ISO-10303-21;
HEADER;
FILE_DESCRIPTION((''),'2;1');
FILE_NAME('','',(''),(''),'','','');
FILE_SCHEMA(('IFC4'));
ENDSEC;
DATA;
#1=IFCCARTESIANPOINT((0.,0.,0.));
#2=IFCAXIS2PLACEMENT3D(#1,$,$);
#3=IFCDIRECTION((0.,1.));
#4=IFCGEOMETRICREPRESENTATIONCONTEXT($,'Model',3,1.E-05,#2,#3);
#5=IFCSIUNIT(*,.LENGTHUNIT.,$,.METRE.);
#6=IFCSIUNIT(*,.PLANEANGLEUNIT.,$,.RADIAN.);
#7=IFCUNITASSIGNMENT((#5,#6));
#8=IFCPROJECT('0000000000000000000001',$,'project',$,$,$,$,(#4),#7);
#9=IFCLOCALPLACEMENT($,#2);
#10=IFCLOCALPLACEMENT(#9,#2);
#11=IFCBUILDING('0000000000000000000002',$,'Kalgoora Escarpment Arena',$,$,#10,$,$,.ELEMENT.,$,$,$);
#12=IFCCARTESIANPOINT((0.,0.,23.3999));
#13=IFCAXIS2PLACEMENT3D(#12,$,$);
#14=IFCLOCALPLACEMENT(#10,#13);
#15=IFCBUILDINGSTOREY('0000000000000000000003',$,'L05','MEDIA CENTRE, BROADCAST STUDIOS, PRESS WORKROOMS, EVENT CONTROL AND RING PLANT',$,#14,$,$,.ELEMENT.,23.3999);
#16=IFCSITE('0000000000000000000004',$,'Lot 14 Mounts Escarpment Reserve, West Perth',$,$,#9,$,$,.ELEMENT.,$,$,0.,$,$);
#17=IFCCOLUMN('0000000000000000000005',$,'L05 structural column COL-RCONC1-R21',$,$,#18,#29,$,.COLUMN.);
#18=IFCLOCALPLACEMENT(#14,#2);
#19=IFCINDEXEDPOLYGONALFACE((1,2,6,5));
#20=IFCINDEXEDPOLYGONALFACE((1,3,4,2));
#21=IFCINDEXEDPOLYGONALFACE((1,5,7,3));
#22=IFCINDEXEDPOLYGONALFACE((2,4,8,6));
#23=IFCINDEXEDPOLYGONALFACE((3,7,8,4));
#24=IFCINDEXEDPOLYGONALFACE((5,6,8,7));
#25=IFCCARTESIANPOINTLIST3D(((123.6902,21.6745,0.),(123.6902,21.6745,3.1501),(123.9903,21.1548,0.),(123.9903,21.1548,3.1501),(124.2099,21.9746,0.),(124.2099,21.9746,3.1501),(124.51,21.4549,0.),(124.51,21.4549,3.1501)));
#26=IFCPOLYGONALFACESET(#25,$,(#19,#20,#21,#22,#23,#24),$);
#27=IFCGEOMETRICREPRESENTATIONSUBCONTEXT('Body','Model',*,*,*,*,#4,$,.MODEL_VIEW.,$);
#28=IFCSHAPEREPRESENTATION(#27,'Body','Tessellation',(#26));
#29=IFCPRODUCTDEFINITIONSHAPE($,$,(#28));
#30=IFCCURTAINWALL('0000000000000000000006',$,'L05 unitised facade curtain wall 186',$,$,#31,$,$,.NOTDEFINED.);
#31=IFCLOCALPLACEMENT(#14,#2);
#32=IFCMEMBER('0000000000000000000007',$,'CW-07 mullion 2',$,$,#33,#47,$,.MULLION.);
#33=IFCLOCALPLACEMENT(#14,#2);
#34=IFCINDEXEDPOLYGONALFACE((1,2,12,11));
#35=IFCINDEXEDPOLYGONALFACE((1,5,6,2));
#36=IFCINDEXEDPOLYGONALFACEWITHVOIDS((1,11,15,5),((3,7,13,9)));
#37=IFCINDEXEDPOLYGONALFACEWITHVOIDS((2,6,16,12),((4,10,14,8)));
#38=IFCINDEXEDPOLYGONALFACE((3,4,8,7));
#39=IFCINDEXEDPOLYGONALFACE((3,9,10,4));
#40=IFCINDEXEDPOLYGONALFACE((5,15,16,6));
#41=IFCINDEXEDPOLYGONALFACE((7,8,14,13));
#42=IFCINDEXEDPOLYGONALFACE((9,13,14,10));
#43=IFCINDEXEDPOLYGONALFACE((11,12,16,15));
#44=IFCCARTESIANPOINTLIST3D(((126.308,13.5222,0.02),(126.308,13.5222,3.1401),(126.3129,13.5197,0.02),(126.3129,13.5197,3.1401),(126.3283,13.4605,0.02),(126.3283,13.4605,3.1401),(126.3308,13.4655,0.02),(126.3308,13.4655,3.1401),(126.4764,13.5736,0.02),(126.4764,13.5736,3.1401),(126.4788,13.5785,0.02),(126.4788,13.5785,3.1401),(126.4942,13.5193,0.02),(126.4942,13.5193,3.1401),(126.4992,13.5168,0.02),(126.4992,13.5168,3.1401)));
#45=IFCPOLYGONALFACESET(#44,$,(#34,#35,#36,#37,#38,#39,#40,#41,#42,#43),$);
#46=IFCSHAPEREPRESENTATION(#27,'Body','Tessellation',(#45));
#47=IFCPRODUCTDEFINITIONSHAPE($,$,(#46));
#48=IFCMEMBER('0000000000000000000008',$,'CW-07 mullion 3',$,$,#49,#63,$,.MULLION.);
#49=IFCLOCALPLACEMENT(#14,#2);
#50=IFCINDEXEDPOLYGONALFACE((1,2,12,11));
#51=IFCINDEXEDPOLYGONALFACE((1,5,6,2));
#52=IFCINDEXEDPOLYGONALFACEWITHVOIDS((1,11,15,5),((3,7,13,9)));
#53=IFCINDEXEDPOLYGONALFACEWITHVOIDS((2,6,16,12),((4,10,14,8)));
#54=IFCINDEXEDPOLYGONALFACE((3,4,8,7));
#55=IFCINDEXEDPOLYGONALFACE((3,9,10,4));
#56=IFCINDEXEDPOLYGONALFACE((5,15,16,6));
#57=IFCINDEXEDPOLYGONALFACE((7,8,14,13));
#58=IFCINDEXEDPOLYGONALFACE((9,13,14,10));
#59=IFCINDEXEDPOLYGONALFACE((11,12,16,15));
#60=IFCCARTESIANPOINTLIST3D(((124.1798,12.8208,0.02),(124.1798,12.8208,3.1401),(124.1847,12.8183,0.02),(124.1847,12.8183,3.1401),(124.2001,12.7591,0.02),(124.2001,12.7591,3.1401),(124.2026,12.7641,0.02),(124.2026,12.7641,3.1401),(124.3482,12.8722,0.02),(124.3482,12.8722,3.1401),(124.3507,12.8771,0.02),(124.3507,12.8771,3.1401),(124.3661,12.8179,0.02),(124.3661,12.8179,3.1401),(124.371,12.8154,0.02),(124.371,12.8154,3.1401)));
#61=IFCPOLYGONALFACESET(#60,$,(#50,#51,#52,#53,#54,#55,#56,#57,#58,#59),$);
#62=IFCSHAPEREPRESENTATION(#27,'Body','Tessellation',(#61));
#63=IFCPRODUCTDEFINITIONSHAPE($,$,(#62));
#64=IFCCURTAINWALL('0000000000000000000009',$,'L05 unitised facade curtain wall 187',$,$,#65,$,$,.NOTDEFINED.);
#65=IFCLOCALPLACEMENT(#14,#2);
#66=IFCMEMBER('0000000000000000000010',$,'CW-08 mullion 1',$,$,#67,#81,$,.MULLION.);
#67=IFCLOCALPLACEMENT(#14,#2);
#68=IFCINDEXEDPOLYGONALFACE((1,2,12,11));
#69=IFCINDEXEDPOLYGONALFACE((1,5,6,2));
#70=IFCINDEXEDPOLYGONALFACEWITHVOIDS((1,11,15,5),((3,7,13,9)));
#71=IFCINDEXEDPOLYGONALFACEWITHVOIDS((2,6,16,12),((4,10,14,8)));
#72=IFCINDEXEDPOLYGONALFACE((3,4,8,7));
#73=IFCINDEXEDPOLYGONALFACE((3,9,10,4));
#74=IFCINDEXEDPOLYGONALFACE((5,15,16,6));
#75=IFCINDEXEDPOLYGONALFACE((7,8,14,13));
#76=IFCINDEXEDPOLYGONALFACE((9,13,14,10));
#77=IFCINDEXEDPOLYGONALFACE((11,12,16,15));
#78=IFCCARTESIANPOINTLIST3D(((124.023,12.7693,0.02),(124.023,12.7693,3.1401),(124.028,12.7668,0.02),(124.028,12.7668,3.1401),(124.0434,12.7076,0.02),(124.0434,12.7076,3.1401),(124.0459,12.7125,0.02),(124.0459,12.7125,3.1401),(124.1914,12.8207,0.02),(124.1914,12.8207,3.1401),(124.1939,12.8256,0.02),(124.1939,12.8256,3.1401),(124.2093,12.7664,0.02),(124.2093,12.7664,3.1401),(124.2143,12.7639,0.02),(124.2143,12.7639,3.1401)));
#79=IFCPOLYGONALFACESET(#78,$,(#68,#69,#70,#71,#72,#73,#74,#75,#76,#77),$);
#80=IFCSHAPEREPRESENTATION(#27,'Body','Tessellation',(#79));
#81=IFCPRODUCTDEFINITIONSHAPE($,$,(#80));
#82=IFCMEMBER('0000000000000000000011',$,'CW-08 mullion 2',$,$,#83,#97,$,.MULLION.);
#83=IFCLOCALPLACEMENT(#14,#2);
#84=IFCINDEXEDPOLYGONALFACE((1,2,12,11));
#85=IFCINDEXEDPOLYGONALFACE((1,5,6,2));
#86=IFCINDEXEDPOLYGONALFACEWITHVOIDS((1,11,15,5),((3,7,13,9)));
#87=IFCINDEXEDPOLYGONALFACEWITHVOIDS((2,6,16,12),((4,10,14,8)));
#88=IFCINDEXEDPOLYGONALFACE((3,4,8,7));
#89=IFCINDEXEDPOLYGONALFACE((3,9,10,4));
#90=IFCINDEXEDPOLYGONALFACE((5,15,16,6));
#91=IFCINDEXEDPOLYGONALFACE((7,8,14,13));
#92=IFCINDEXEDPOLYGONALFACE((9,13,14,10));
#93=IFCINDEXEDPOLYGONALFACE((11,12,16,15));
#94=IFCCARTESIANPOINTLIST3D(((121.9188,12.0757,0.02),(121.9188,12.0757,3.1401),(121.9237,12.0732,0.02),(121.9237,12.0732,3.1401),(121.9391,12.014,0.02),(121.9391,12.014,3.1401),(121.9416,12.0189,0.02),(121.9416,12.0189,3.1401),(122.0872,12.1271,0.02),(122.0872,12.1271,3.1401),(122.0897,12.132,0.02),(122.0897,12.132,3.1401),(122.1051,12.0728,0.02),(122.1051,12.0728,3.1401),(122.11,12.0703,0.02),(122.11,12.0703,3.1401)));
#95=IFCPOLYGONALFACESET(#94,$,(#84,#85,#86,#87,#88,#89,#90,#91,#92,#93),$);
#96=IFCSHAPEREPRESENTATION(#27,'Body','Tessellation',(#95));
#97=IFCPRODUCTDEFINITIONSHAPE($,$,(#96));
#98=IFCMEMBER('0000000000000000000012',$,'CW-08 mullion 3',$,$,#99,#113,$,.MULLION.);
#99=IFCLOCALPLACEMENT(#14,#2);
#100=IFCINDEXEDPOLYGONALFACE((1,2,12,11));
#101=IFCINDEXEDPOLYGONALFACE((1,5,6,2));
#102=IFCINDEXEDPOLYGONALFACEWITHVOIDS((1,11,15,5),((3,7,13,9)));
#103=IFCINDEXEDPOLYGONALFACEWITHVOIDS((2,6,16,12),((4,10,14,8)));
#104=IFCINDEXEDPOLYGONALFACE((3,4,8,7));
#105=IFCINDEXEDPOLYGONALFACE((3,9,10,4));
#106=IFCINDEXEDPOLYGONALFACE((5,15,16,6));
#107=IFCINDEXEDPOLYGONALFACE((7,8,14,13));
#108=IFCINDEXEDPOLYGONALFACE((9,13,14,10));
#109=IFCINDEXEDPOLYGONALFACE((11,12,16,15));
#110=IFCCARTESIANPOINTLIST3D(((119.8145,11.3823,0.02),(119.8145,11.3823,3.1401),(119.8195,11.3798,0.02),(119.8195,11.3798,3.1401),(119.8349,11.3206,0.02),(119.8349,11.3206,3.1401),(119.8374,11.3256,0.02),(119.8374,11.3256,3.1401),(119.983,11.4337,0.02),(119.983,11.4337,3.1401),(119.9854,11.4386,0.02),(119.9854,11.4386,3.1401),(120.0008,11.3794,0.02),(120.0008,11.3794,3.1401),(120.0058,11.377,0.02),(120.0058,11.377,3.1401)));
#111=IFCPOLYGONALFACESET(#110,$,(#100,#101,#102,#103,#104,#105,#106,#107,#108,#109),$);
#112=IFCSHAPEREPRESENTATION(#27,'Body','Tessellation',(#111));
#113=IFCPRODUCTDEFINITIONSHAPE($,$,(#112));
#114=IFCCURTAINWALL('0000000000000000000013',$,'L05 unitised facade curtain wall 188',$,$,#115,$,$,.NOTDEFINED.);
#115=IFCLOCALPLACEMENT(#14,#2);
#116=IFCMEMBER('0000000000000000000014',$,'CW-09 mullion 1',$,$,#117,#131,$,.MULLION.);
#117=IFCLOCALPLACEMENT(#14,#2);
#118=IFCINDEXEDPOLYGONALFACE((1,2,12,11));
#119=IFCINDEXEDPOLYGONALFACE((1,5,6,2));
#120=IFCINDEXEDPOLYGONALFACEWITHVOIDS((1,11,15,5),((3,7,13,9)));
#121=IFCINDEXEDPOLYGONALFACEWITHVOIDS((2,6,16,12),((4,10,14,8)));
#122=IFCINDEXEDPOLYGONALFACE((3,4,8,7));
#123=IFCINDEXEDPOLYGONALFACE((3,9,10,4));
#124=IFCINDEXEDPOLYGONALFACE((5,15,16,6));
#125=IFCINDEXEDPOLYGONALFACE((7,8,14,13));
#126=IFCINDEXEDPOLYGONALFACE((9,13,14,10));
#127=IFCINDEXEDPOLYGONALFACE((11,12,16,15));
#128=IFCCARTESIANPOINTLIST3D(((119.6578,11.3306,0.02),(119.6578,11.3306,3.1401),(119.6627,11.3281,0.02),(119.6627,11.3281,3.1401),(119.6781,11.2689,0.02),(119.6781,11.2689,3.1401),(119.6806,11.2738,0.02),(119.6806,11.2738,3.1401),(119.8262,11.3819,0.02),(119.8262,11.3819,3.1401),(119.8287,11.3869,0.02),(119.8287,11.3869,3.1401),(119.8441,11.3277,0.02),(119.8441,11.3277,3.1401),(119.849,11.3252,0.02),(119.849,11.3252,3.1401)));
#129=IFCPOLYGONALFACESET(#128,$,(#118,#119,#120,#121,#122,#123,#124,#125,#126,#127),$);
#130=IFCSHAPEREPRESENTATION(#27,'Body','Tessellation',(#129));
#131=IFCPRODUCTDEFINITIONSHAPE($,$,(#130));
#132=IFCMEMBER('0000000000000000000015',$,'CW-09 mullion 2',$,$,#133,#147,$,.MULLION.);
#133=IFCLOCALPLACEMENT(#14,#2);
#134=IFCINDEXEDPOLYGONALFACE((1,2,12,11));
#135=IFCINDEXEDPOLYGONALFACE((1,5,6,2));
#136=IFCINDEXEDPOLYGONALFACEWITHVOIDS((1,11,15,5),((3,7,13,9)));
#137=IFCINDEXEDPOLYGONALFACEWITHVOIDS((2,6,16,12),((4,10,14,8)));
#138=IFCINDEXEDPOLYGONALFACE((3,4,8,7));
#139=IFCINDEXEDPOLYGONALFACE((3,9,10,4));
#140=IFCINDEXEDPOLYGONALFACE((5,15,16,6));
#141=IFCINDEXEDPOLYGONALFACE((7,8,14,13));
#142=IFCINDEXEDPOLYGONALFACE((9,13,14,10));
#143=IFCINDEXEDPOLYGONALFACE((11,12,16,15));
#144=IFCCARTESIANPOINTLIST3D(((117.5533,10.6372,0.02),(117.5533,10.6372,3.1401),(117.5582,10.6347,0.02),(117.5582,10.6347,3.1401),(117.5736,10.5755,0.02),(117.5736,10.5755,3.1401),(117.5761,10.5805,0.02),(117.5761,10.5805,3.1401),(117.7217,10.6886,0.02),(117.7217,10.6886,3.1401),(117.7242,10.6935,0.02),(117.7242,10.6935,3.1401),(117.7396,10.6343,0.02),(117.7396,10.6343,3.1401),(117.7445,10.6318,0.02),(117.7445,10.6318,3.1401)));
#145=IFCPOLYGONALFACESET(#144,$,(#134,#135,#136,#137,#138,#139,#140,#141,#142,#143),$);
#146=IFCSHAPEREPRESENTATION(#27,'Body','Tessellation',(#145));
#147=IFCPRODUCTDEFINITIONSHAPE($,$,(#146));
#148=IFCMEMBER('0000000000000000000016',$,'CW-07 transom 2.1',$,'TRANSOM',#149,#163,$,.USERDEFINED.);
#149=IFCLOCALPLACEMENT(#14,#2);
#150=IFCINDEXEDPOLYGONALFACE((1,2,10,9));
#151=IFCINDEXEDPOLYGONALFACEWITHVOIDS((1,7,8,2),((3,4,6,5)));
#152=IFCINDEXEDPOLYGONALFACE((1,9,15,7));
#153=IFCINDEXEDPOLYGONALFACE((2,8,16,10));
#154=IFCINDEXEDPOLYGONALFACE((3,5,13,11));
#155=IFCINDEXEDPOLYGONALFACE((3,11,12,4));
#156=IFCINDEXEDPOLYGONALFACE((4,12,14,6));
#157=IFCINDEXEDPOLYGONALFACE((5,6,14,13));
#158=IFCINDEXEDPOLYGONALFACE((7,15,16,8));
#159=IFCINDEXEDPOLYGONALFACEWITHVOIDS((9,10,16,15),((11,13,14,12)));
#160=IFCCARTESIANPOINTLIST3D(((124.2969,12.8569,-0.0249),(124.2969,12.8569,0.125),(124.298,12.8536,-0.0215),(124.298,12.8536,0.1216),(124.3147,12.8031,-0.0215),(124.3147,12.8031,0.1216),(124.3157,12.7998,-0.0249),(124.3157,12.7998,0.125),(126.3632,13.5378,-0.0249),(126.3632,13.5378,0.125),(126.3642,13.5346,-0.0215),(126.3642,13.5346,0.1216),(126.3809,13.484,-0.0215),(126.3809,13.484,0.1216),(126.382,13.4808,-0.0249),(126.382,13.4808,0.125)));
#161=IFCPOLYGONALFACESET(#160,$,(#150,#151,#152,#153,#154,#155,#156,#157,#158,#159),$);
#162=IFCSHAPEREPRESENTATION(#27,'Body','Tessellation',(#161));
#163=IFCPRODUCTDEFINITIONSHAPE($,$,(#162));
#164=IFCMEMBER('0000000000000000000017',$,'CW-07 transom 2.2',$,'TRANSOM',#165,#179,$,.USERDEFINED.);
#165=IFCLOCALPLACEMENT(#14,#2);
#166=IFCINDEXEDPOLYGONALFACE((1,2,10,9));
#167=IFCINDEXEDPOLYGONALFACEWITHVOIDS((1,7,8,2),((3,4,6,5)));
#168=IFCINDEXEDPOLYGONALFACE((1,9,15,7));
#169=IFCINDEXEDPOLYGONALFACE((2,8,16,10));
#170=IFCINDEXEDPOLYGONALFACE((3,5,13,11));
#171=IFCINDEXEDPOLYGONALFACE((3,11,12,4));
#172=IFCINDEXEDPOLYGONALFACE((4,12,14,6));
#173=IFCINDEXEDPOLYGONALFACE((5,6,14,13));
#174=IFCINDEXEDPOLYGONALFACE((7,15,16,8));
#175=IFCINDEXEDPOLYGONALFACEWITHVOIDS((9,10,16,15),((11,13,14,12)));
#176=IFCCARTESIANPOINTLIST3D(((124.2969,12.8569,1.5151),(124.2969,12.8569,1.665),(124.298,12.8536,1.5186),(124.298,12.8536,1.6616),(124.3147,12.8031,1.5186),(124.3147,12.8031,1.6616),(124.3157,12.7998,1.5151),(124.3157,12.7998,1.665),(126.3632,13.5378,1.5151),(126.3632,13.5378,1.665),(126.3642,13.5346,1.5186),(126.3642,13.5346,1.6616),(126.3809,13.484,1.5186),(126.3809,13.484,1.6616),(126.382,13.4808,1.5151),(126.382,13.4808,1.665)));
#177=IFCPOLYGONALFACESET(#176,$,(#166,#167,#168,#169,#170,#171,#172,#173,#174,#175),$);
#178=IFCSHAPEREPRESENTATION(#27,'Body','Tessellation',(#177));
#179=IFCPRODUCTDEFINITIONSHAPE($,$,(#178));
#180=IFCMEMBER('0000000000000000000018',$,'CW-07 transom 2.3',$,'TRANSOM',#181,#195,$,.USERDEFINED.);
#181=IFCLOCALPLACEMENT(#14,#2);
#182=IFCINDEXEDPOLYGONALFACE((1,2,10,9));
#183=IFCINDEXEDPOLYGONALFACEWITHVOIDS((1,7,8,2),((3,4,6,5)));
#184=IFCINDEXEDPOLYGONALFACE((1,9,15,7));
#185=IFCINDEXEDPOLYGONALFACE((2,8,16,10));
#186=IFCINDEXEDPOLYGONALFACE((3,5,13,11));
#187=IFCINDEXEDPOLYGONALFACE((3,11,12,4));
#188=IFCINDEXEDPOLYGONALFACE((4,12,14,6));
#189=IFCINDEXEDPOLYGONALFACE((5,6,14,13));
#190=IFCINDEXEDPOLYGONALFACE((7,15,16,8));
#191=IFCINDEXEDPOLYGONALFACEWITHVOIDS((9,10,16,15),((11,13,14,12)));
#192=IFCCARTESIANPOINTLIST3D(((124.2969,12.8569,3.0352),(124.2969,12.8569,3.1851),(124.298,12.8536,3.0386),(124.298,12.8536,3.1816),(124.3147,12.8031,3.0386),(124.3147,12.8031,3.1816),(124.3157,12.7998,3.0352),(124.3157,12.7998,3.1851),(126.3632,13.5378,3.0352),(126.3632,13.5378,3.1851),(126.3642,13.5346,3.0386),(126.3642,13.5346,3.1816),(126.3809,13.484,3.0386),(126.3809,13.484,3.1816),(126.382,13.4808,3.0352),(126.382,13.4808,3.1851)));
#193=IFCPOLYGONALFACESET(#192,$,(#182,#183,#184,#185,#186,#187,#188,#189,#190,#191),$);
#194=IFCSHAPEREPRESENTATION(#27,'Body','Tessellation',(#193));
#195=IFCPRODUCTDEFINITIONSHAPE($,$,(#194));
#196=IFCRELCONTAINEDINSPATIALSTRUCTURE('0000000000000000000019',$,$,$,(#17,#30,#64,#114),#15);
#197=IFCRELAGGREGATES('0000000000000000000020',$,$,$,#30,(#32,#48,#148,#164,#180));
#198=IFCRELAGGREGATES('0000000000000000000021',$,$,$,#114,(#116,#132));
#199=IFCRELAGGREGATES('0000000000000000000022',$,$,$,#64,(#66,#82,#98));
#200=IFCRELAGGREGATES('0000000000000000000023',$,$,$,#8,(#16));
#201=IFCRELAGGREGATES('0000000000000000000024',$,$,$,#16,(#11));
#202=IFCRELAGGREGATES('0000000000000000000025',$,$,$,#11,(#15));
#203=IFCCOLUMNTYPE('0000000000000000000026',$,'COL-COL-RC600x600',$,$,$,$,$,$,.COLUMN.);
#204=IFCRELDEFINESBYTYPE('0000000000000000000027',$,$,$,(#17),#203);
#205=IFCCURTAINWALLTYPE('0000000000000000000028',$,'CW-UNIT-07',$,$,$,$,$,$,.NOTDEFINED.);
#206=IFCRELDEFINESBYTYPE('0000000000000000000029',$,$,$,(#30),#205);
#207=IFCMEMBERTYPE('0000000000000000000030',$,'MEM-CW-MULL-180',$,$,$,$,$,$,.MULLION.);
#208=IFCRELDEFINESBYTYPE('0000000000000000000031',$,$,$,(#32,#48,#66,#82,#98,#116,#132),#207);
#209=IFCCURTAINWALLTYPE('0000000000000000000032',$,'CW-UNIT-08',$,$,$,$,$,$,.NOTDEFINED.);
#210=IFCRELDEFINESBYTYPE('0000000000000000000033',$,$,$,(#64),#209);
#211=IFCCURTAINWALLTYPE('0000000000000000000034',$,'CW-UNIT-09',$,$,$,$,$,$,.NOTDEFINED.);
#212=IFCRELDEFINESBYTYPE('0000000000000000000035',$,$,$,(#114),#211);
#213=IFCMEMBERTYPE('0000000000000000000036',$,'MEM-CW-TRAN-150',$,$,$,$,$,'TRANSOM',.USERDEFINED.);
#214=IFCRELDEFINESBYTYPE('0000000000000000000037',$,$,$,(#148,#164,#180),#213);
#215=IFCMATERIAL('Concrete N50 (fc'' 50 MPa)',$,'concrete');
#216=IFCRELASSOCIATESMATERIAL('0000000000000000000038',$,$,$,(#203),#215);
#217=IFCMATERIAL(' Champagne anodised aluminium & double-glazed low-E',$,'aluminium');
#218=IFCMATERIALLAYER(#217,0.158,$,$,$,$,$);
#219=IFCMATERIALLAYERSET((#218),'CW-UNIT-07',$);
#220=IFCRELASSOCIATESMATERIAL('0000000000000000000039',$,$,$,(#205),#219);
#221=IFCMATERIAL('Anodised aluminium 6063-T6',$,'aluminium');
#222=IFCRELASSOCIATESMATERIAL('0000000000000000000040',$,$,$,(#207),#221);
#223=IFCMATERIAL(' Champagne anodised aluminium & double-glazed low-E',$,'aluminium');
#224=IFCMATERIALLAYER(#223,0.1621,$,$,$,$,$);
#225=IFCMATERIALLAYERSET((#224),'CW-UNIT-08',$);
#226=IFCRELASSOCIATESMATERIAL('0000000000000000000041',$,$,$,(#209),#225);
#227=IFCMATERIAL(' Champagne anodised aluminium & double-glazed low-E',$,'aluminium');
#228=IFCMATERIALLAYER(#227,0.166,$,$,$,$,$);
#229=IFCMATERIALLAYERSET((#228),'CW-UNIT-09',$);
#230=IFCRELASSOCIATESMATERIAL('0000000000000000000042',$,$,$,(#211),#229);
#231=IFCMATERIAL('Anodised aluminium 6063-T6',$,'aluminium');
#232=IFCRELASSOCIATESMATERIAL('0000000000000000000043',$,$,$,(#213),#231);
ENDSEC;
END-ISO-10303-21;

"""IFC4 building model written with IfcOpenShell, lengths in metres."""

from ifc_helpers import new_model, si_unit, direction, frame, origin, origin_2d, place, context, subcontext, project, spatial, rectangle, hollow_rectangle, extrude, material, layer, layer_set, material_profile, profile_set, type_object, element, aggregate, save


model = new_model("IFC4")

# Units and contexts
model_context = context("Model", 3, precision=1e-05, world=origin(), true_north=direction((0.0, 1.0)))
body_context = subcontext(model_context, "Body", "Model", "MODEL_VIEW")
ifc_project = project(units=[si_unit("LENGTHUNIT", "METRE"), si_unit("PLANEANGLEUNIT", "RADIAN")], contexts=[model_context])

# Site, building, storey
site_placement = place(None, origin())
site = spatial("IfcSite", under=ifc_project, at=site_placement, Name="Lot 14 Mounts Escarpment Reserve, West Perth", CompositionType="ELEMENT", RefElevation=0.0)
building_placement = place(site_placement, origin())
building = spatial("IfcBuilding", under=site, at=building_placement, Name="Kalgoora Escarpment Arena", CompositionType="ELEMENT")
storey_placement = place(building_placement, frame((0.0, 0.0, 23.3999)))
storey = spatial("IfcBuildingStorey", under=building, at=storey_placement, Name="L05", Description="MEDIA CENTRE, BROADCAST STUDIOS, PRESS WORKROOMS, EVENT CONTROL AND RING PLANT", CompositionType="ELEMENT", Elevation=23.3999)

# Column
ifc_material_1 = material(Name="Concrete N50 (fc' 50 MPa)", Category="concrete")
ifc_material_profile_1 = material_profile(ifc_material_1, rectangle(XDim=0.6001, YDim=0.6001, at=origin_2d()))
ifc_profile_set_1 = profile_set([ifc_material_profile_1], Name="Concrete N50 (fc' 50 MPa)")
column_type = type_object("IfcColumnType", Name="COL-COL-RC600x600", PredefinedType="COLUMN", material=ifc_profile_set_1)
column_placement = place(storey_placement, frame((124.1001, 21.5647, 0.0), z_axis=(0.0, 0.0, 1.0), x_axis=(0.5, -0.866025, 0.0)))
element("IfcColumn", 1, at=column_placement, inside=storey, type_object=column_type, Name="L05 structural column COL-RCONC1-R21", PredefinedType="COLUMN", context=body_context, shape_type="SweptSolid", body=[
    extrude(rectangle(XDim=0.6001, YDim=0.6001, at=origin_2d()), origin(), (0.0, 0.0, 1.0), 3.1501),
])

# Curtain walls, members
ifc_material_2 = material(Name=" Champagne anodised aluminium & double-glazed low-E", Category="aluminium")
ifc_layer_1 = layer(ifc_material_2, 0.158)
ifc_layer_set_1 = layer_set([ifc_layer_1], Name="CW-UNIT-07")
curtain_wall_type_1 = type_object("IfcCurtainWallType", Name="CW-UNIT-07", PredefinedType="NOTDEFINED", material=ifc_layer_set_1)
curtain_wall_1_placement = place(storey_placement, origin())
curtain_wall_1 = element("IfcCurtainWall", 2, at=curtain_wall_1_placement, inside=storey, type_object=curtain_wall_type_1, Name="L05 unitised facade curtain wall 186", PredefinedType="NOTDEFINED")
ifc_material_3 = material(Name="Anodised aluminium 6063-T6", Category="aluminium")
ifc_material_profile_2 = material_profile(ifc_material_3, hollow_rectangle(XDim=0.0649, YDim=0.1799, WallThickness=0.0039, at=origin_2d()))
ifc_profile_set_2 = profile_set([ifc_material_profile_2], Name="Anodised aluminium 6063-T6")
member_type_1 = type_object("IfcMemberType", Name="MEM-CW-MULL-180", PredefinedType="MULLION", material=ifc_profile_set_2)
member_1_placement = place(storey_placement, frame((126.4036, 13.5195, 0.02), z_axis=(0.0, 0.0, 1.0), x_axis=(0.312986, -0.949758, 0.0)))
member_1 = element("IfcMember", 3, at=member_1_placement, type_object=member_type_1, Name="CW-07 mullion 2", PredefinedType="MULLION", context=body_context, shape_type="SweptSolid", body=[
    extrude(hollow_rectangle(XDim=0.0649, YDim=0.1799, WallThickness=0.0039, at=origin_2d()), origin(), (0.0, 0.0, 1.0), 3.1201),
])
member_2_placement = place(storey_placement, frame((124.2754, 12.8181, 0.02), z_axis=(0.0, 0.0, 1.0), x_axis=(0.312986, -0.949758, 0.0)))
member_2 = element("IfcMember", 4, at=member_2_placement, type_object=member_type_1, Name="CW-07 mullion 3", PredefinedType="MULLION", context=body_context, shape_type="SweptSolid", body=[
    extrude(hollow_rectangle(XDim=0.0649, YDim=0.1799, WallThickness=0.0039, at=origin_2d()), origin(), (0.0, 0.0, 1.0), 3.1201),
])
ifc_material_4 = material(Name=" Champagne anodised aluminium & double-glazed low-E", Category="aluminium")
ifc_layer_2 = layer(ifc_material_4, 0.1621)
ifc_layer_set_2 = layer_set([ifc_layer_2], Name="CW-UNIT-08")
curtain_wall_type_2 = type_object("IfcCurtainWallType", Name="CW-UNIT-08", PredefinedType="NOTDEFINED", material=ifc_layer_set_2)
curtain_wall_2_placement = place(storey_placement, origin())
curtain_wall_2 = element("IfcCurtainWall", 5, at=curtain_wall_2_placement, inside=storey, type_object=curtain_wall_type_2, Name="L05 unitised facade curtain wall 187", PredefinedType="NOTDEFINED")
member_3_placement = place(storey_placement, frame((124.1187, 12.7666, 0.02), z_axis=(0.0, 0.0, 1.0), x_axis=(0.31299, -0.949756, 0.0)))
member_3 = element("IfcMember", 6, at=member_3_placement, type_object=member_type_1, Name="CW-08 mullion 1", PredefinedType="MULLION", context=body_context, shape_type="SweptSolid", body=[
    extrude(hollow_rectangle(XDim=0.0649, YDim=0.1799, WallThickness=0.0039, at=origin_2d()), origin(), (0.0, 0.0, 1.0), 3.1201),
])
member_4_placement = place(storey_placement, frame((122.0144, 12.073, 0.02), z_axis=(0.0, 0.0, 1.0), x_axis=(0.31299, -0.949756, 0.0)))
member_4 = element("IfcMember", 7, at=member_4_placement, type_object=member_type_1, Name="CW-08 mullion 2", PredefinedType="MULLION", context=body_context, shape_type="SweptSolid", body=[
    extrude(hollow_rectangle(XDim=0.0649, YDim=0.1799, WallThickness=0.0039, at=origin_2d()), origin(), (0.0, 0.0, 1.0), 3.1201),
])
member_5_placement = place(storey_placement, frame((119.9102, 11.3796, 0.02), z_axis=(0.0, 0.0, 1.0), x_axis=(0.31299, -0.949756, 0.0)))
member_5 = element("IfcMember", 8, at=member_5_placement, type_object=member_type_1, Name="CW-08 mullion 3", PredefinedType="MULLION", context=body_context, shape_type="SweptSolid", body=[
    extrude(hollow_rectangle(XDim=0.0649, YDim=0.1799, WallThickness=0.0039, at=origin_2d()), origin(), (0.0, 0.0, 1.0), 3.1201),
])
ifc_material_5 = material(Name=" Champagne anodised aluminium & double-glazed low-E", Category="aluminium")
ifc_layer_3 = layer(ifc_material_5, 0.166)
ifc_layer_set_3 = layer_set([ifc_layer_3], Name="CW-UNIT-09")
curtain_wall_type_3 = type_object("IfcCurtainWallType", Name="CW-UNIT-09", PredefinedType="NOTDEFINED", material=ifc_layer_set_3)
curtain_wall_3_placement = place(storey_placement, origin())
curtain_wall_3 = element("IfcCurtainWall", 9, at=curtain_wall_3_placement, inside=storey, type_object=curtain_wall_type_3, Name="L05 unitised facade curtain wall 188", PredefinedType="NOTDEFINED")
member_6_placement = place(storey_placement, frame((119.7534, 11.3279, 0.02), z_axis=(0.0, 0.0, 1.0), x_axis=(0.31297, -0.949763, 0.0)))
member_6 = element("IfcMember", 10, at=member_6_placement, type_object=member_type_1, Name="CW-09 mullion 1", PredefinedType="MULLION", context=body_context, shape_type="SweptSolid", body=[
    extrude(hollow_rectangle(XDim=0.0649, YDim=0.1799, WallThickness=0.0039, at=origin_2d()), origin(), (0.0, 0.0, 1.0), 3.1201),
])
member_7_placement = place(storey_placement, frame((117.6489, 10.6345, 0.02), z_axis=(0.0, 0.0, 1.0), x_axis=(0.31297, -0.949763, 0.0)))
member_7 = element("IfcMember", 11, at=member_7_placement, type_object=member_type_1, Name="CW-09 mullion 2", PredefinedType="MULLION", context=body_context, shape_type="SweptSolid", body=[
    extrude(hollow_rectangle(XDim=0.0649, YDim=0.1799, WallThickness=0.0039, at=origin_2d()), origin(), (0.0, 0.0, 1.0), 3.1201),
])

# Members
ifc_material_6 = material(Name="Anodised aluminium 6063-T6", Category="aluminium")
ifc_material_profile_3 = material_profile(ifc_material_6, hollow_rectangle(XDim=0.0601, YDim=0.1499, WallThickness=0.0034, at=origin_2d()))
ifc_profile_set_3 = profile_set([ifc_material_profile_3], Name="Anodised aluminium 6063-T6")
member_type_2 = type_object("IfcMemberType", Name="MEM-CW-TRAN-150", ElementType="TRANSOM", PredefinedType="USERDEFINED", material=ifc_profile_set_3)
member_8_placement = place(storey_placement, frame((126.3726, 13.5093, 0.05), z_axis=(-0.949755, -0.312994, 0.0), x_axis=(0.312994, -0.949755, 0.0)))
member_8 = element("IfcMember", 12, at=member_8_placement, type_object=member_type_2, Name="CW-07 transom 2.1", ObjectType="TRANSOM", PredefinedType="USERDEFINED", context=body_context, shape_type="SweptSolid", body=[
    extrude(hollow_rectangle(XDim=0.0601, YDim=0.1499, WallThickness=0.0034, at=origin_2d()), origin(), (0.0, 0.0, 1.0), 2.1755),
])
member_9_placement = place(storey_placement, frame((126.3726, 13.5093, 1.5901), z_axis=(-0.949755, -0.312994, 0.0), x_axis=(0.312994, -0.949755, 0.0)))
member_9 = element("IfcMember", 13, at=member_9_placement, type_object=member_type_2, Name="CW-07 transom 2.2", ObjectType="TRANSOM", PredefinedType="USERDEFINED", context=body_context, shape_type="SweptSolid", body=[
    extrude(hollow_rectangle(XDim=0.0601, YDim=0.1499, WallThickness=0.0034, at=origin_2d()), origin(), (0.0, 0.0, 1.0), 2.1755),
])
member_10_placement = place(storey_placement, frame((126.3726, 13.5093, 3.1101), z_axis=(-0.949755, -0.312994, 0.0), x_axis=(0.312994, -0.949755, 0.0)))
member_10 = element("IfcMember", 14, at=member_10_placement, type_object=member_type_2, Name="CW-07 transom 2.3", ObjectType="TRANSOM", PredefinedType="USERDEFINED", context=body_context, shape_type="SweptSolid", body=[
    extrude(hollow_rectangle(XDim=0.0601, YDim=0.1499, WallThickness=0.0034, at=origin_2d()), origin(), (0.0, 0.0, 1.0), 2.1755),
])

aggregate(curtain_wall_1, [member_1, member_2, member_8, member_9, member_10])
aggregate(curtain_wall_3, [member_6, member_7])
aggregate(curtain_wall_2, [member_3, member_4, member_5])

save(model, "model.ifc")
